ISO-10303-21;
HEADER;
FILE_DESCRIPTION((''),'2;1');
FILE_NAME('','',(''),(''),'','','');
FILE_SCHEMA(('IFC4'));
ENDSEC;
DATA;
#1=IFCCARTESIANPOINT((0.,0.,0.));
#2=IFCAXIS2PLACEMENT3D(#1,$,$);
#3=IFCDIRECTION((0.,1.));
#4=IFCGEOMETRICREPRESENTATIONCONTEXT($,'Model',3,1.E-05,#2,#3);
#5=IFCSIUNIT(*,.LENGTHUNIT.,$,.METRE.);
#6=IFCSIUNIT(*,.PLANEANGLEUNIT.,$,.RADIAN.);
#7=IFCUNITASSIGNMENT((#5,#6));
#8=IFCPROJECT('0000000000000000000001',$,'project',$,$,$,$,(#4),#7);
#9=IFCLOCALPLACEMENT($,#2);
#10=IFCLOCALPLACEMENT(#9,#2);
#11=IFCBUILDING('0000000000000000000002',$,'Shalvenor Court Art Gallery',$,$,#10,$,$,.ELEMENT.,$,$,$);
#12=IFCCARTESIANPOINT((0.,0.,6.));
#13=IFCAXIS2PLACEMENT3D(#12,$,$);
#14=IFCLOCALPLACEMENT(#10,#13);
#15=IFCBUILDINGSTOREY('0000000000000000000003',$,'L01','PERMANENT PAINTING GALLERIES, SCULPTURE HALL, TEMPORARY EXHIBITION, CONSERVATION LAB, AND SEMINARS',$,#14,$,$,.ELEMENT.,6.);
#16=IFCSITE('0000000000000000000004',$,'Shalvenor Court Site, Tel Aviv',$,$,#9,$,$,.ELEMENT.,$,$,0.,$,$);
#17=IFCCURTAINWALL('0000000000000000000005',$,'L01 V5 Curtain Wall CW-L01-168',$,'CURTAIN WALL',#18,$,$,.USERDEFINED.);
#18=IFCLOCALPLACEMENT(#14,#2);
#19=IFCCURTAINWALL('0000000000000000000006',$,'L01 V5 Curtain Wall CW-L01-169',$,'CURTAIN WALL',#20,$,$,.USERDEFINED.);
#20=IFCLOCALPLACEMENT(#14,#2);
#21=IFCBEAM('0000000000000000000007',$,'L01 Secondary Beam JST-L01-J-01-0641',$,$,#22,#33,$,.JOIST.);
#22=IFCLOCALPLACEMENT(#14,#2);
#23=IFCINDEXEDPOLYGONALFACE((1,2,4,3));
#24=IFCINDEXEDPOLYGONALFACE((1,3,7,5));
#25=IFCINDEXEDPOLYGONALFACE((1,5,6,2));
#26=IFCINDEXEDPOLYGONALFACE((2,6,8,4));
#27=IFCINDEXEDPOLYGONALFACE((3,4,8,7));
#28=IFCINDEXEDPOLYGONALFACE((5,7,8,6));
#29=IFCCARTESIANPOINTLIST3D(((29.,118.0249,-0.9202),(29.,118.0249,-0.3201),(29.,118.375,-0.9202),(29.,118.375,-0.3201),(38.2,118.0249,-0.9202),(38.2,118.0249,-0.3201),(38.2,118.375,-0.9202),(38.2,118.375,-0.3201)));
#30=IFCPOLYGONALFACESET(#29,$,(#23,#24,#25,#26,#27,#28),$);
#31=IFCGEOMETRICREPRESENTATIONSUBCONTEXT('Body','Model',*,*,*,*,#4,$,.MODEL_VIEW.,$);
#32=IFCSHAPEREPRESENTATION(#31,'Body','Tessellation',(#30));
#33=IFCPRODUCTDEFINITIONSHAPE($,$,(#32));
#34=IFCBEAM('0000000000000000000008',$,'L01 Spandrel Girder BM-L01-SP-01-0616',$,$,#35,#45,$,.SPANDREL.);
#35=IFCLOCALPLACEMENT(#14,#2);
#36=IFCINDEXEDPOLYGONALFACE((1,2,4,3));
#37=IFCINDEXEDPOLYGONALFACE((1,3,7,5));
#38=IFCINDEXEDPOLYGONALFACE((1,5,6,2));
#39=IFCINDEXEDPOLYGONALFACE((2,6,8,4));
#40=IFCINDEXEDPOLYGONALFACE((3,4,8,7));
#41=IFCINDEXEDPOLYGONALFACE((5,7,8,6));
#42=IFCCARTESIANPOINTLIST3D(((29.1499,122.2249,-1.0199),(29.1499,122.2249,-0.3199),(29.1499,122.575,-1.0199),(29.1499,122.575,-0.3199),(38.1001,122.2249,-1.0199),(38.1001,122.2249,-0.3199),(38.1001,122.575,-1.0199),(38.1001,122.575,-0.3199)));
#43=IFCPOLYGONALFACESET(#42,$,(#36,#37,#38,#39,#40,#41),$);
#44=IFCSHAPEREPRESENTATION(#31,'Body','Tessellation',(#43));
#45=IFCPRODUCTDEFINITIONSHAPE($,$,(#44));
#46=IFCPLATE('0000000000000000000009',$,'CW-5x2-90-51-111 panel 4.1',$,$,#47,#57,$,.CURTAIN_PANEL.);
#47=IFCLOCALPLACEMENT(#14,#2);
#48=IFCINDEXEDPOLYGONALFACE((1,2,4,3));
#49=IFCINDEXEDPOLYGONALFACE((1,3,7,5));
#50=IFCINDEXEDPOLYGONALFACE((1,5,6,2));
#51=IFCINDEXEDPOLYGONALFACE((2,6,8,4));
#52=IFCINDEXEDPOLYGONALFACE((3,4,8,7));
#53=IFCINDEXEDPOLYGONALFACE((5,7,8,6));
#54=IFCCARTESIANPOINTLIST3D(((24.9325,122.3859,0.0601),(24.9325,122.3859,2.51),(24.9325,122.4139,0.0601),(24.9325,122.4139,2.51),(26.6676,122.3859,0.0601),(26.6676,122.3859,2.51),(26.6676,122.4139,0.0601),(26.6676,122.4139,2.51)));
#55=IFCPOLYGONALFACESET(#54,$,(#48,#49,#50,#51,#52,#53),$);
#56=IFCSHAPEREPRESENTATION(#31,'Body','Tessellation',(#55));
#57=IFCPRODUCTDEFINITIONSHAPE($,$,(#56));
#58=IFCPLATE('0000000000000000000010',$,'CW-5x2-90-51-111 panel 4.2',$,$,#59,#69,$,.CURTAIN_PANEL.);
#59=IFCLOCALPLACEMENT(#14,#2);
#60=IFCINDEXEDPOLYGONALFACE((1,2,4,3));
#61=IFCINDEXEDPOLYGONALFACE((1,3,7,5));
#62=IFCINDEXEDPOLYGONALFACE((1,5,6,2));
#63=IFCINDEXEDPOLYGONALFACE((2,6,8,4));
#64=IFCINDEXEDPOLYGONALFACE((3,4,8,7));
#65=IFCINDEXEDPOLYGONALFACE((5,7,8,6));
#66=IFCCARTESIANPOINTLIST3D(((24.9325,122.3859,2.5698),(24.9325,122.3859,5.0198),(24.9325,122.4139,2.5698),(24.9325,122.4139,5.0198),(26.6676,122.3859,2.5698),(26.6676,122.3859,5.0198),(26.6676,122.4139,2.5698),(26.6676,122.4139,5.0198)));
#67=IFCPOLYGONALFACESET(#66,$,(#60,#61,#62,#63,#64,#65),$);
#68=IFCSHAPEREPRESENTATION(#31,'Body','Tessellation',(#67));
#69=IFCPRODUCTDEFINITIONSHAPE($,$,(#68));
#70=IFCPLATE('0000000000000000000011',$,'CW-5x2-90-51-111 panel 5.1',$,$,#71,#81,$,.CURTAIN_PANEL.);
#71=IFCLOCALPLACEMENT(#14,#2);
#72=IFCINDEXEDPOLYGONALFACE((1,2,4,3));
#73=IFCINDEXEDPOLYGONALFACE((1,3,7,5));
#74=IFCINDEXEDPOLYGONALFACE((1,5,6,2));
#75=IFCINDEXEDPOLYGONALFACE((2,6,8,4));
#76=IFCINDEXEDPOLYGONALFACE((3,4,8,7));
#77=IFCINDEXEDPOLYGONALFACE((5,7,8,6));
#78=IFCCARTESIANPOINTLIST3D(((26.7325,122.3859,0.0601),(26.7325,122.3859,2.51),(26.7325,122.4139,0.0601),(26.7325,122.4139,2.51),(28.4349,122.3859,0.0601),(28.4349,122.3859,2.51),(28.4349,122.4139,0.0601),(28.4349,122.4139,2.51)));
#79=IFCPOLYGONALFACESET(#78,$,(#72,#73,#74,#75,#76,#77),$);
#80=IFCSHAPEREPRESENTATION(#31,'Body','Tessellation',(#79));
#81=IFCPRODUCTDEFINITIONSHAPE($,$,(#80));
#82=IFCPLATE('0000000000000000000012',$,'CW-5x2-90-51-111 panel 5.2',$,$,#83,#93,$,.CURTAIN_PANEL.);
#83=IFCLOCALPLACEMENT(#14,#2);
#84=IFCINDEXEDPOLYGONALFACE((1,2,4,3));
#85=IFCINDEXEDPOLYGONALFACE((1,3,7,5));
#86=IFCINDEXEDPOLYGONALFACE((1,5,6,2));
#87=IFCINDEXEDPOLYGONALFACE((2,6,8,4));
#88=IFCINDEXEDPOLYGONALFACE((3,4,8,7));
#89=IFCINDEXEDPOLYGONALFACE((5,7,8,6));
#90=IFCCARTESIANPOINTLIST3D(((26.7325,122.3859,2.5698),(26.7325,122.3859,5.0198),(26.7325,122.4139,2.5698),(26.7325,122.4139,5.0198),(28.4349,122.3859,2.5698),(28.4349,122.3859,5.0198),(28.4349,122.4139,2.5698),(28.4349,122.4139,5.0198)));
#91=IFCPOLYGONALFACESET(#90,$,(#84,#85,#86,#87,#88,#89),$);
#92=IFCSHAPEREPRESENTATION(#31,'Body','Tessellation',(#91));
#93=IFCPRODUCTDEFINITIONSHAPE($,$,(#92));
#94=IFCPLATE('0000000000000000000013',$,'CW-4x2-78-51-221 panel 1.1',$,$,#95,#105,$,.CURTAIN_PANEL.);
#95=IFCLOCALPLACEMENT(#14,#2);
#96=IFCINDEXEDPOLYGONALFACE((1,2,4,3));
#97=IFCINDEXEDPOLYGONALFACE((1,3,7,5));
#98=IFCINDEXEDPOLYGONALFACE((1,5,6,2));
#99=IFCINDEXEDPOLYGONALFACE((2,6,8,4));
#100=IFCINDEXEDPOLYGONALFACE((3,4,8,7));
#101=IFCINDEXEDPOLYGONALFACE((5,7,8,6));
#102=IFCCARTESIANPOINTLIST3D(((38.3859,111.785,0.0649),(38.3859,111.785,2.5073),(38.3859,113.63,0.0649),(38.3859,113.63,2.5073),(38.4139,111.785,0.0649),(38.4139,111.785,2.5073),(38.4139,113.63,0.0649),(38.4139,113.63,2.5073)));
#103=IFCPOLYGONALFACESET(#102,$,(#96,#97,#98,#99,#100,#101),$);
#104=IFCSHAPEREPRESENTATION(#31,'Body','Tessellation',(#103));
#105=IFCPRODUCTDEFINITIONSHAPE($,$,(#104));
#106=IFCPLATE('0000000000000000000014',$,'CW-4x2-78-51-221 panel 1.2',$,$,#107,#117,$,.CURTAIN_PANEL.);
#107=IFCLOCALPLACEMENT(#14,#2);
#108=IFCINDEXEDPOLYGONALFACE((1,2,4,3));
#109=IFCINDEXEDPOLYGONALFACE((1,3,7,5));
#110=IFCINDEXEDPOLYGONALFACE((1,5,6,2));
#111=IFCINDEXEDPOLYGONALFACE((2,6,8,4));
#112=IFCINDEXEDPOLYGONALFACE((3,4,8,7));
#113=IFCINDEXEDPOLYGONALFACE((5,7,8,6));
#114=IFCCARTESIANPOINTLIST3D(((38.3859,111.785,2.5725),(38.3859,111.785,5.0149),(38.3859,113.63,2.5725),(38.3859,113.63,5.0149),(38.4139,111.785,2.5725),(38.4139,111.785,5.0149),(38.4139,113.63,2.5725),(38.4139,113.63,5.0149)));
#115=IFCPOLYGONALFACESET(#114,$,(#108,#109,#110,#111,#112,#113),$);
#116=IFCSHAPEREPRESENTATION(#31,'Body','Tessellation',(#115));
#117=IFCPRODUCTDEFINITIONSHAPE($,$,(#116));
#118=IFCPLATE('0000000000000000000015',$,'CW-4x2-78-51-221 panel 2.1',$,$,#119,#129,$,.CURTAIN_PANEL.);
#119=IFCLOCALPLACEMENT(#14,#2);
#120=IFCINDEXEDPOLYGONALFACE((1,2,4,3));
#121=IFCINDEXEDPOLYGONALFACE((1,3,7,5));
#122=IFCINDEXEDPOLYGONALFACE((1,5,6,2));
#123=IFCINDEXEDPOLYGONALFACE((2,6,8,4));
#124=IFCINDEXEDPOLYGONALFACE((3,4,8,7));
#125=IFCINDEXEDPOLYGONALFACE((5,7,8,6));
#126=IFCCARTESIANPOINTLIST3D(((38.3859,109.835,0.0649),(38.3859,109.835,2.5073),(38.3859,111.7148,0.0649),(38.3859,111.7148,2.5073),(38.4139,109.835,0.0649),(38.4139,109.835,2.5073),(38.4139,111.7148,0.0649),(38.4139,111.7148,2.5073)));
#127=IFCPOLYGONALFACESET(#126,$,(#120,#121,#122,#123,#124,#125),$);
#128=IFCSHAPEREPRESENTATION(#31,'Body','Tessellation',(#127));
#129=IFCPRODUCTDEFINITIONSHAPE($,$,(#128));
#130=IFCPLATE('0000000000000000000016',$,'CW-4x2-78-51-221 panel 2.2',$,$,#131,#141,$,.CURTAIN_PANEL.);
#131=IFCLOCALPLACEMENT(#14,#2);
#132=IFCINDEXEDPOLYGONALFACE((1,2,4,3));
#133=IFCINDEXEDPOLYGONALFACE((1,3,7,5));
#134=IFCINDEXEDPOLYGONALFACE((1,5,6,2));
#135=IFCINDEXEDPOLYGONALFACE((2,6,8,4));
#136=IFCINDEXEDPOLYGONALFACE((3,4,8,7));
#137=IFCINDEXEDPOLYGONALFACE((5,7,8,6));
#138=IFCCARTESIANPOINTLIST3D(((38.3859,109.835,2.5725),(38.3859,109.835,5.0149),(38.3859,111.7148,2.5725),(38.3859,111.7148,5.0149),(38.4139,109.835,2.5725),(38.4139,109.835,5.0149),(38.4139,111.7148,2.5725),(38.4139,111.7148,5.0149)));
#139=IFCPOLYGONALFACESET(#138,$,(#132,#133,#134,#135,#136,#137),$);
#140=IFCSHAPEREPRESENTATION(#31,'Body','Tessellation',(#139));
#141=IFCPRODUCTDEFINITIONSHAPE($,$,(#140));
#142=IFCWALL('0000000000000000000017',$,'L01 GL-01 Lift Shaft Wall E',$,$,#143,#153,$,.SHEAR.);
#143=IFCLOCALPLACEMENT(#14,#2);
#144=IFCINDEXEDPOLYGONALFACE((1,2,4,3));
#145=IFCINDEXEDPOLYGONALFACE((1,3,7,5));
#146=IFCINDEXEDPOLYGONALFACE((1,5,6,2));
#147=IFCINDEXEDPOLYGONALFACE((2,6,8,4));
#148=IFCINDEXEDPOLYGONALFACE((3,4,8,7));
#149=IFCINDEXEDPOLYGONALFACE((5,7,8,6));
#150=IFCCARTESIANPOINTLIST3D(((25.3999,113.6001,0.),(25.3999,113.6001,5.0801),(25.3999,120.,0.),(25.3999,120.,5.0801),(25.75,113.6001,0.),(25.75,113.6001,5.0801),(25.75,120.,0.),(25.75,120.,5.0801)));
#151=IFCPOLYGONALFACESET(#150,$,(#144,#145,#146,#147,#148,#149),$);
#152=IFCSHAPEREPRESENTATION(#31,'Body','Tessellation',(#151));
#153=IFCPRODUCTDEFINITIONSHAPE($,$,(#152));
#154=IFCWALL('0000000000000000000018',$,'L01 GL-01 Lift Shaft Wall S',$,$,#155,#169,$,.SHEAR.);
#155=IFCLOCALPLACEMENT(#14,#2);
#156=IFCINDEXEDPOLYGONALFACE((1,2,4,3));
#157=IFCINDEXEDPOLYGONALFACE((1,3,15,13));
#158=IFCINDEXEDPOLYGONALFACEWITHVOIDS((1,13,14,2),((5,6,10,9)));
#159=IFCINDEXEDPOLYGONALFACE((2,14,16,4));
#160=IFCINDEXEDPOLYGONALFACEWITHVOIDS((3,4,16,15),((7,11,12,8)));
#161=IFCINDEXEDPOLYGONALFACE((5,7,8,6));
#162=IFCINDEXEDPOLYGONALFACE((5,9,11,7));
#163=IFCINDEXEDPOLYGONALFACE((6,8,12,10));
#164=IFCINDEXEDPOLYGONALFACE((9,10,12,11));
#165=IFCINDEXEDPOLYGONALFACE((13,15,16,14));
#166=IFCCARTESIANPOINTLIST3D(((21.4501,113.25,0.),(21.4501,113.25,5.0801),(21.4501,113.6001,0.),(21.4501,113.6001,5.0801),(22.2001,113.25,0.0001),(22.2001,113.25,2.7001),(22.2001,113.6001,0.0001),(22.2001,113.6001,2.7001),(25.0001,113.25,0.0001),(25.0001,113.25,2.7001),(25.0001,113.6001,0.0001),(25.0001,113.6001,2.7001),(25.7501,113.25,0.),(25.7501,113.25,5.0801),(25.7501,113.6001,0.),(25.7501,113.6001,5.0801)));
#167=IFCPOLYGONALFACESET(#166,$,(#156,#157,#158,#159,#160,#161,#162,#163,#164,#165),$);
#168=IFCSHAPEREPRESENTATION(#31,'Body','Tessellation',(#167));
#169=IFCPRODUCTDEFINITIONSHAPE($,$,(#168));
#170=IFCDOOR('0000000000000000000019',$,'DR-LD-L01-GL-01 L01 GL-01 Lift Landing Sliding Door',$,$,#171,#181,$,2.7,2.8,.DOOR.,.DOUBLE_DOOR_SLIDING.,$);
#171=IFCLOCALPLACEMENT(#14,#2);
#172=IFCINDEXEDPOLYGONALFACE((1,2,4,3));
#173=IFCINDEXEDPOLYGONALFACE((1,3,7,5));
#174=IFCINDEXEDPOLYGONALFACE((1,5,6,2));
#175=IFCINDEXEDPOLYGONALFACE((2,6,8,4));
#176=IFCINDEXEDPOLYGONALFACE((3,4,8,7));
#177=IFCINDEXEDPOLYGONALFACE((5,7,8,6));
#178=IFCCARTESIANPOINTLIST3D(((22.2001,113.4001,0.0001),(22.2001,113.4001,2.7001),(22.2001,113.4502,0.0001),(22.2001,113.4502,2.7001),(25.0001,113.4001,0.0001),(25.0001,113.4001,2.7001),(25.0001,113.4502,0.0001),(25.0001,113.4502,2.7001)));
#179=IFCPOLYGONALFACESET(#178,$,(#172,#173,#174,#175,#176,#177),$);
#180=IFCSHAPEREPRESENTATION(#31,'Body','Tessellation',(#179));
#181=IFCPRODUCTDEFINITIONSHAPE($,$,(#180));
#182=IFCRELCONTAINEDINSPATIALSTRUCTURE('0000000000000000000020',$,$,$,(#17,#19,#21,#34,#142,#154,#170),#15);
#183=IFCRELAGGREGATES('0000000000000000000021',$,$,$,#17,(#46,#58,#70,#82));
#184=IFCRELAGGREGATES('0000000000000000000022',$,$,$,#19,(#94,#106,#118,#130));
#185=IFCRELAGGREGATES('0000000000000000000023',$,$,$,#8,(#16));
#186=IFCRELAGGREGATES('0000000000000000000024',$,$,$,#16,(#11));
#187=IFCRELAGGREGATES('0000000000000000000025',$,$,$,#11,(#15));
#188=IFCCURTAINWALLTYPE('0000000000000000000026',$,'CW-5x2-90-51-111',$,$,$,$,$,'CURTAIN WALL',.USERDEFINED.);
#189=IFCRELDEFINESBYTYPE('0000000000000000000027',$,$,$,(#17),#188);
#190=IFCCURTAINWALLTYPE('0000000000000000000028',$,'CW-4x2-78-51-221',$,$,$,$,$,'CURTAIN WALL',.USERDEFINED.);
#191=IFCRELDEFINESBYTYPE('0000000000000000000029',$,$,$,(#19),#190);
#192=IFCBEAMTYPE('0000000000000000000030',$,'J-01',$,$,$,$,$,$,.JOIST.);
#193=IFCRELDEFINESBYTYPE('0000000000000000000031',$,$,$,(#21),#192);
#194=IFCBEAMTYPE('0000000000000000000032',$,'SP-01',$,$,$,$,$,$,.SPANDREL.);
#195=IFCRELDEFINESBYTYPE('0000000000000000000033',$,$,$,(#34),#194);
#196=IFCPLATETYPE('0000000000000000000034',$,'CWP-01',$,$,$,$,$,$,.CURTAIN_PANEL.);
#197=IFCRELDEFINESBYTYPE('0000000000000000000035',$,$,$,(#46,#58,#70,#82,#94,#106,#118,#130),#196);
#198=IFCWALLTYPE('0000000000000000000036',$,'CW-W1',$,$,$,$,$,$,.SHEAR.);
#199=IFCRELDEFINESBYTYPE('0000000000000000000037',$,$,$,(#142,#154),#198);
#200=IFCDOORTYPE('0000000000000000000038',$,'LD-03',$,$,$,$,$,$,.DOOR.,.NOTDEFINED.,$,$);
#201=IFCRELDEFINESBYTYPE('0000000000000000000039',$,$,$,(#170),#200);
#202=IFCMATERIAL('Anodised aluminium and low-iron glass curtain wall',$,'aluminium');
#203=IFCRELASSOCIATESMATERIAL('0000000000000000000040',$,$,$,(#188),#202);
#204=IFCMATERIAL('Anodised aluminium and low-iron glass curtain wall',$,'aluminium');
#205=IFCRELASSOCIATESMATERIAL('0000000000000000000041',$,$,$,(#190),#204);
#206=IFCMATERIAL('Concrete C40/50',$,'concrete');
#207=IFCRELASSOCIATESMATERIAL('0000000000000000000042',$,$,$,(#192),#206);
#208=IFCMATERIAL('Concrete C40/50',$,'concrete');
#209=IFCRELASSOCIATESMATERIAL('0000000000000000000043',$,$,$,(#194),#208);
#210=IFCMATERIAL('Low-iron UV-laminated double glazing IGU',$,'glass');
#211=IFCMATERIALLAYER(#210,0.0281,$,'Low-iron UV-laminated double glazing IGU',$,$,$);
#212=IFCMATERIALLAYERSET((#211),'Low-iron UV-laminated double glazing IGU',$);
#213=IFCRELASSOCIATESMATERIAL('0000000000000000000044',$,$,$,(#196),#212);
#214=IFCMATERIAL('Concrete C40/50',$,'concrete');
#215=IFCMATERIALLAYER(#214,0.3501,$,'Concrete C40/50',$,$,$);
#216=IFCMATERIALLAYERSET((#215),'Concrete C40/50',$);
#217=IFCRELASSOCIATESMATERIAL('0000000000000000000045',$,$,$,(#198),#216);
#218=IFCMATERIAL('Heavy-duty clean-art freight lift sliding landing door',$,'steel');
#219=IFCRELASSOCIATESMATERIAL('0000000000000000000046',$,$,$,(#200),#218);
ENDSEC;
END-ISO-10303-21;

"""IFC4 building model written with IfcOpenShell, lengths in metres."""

from ifc_helpers import new_model, si_unit, direction, frame, frame_2d, origin, origin_2d, place, context, subcontext, project, spatial, rectangle, extrude, material, layer, layer_set, material_profile, profile_set, type_object, element, fill, aggregate, save


model = new_model("IFC4")

# Units and contexts
model_context = context("Model", 3, precision=1e-05, world=origin(), true_north=direction((0.0, 1.0)))
body_context = subcontext(model_context, "Body", "Model", "MODEL_VIEW")
ifc_project = project(units=[si_unit("LENGTHUNIT", "METRE"), si_unit("PLANEANGLEUNIT", "RADIAN")], contexts=[model_context])

# Site, building, storey
site_placement = place(None, origin())
site = spatial("IfcSite", under=ifc_project, at=site_placement, Name="Shalvenor Court Site, Tel Aviv", CompositionType="ELEMENT", RefElevation=0.0)
building_placement = place(site_placement, origin())
building = spatial("IfcBuilding", under=site, at=building_placement, Name="Shalvenor Court Art Gallery", CompositionType="ELEMENT")
storey_placement = place(building_placement, frame((0.0, 0.0, 6.0)))
storey = spatial("IfcBuildingStorey", under=building, at=storey_placement, Name="L01", Description="PERMANENT PAINTING GALLERIES, SCULPTURE HALL, TEMPORARY EXHIBITION, CONSERVATION LAB, AND SEMINARS", CompositionType="ELEMENT", Elevation=6.0)

# Curtain walls
ifc_material_1 = material(Name="Anodised aluminium and low-iron glass curtain wall", Category="aluminium")
curtain_wall_type_1 = type_object("IfcCurtainWallType", Name="CW-5x2-90-51-111", ElementType="CURTAIN WALL", PredefinedType="USERDEFINED", material=ifc_material_1)
curtain_wall_1_placement = place(storey_placement, origin())
curtain_wall_1 = element("IfcCurtainWall", 1, at=curtain_wall_1_placement, inside=storey, type_object=curtain_wall_type_1, Name="L01 V5 Curtain Wall CW-L01-168", ObjectType="CURTAIN WALL", PredefinedType="USERDEFINED")
ifc_material_2 = material(Name="Anodised aluminium and low-iron glass curtain wall", Category="aluminium")
curtain_wall_type_2 = type_object("IfcCurtainWallType", Name="CW-4x2-78-51-221", ElementType="CURTAIN WALL", PredefinedType="USERDEFINED", material=ifc_material_2)
curtain_wall_2_placement = place(storey_placement, origin())
curtain_wall_2 = element("IfcCurtainWall", 2, at=curtain_wall_2_placement, inside=storey, type_object=curtain_wall_type_2, Name="L01 V5 Curtain Wall CW-L01-169", ObjectType="CURTAIN WALL", PredefinedType="USERDEFINED")

# Beams
ifc_material_3 = material(Name="Concrete C40/50", Category="concrete")
ifc_material_profile_1 = material_profile(ifc_material_3, rectangle(XDim=0.3501, YDim=0.6001, at=origin_2d()), Name="RC 350x600")
ifc_profile_set_1 = profile_set([ifc_material_profile_1], Name="Concrete C40/50")
beam_type_1 = type_object("IfcBeamType", Name="J-01", PredefinedType="JOIST", material=ifc_profile_set_1)
beam_1_placement = place(storey_placement, frame((29.0, 118.2, -0.6201), z_axis=(1.0, 0.0, 0.0), x_axis=(0.0, 1.0, 0.0)))
element("IfcBeam", 3, at=beam_1_placement, inside=storey, type_object=beam_type_1, Name="L01 Secondary Beam JST-L01-J-01-0641", PredefinedType="JOIST", context=body_context, shape_type="SweptSolid", body=[
    extrude(rectangle(XDim=0.3501, YDim=0.6001, at=origin_2d()), origin(), (0.0, 0.0, 1.0), 9.2),
])
ifc_material_4 = material(Name="Concrete C40/50", Category="concrete")
ifc_material_profile_2 = material_profile(ifc_material_4, rectangle(XDim=0.3501, YDim=0.7, at=origin_2d()), Name="RC 350x700")
ifc_profile_set_2 = profile_set([ifc_material_profile_2], Name="Concrete C40/50")
beam_type_2 = type_object("IfcBeamType", Name="SP-01", PredefinedType="SPANDREL", material=ifc_profile_set_2)
beam_2_placement = place(storey_placement, frame((29.1499, 122.3999, -0.6699), z_axis=(1.0, 0.0, 0.0), x_axis=(0.0, 1.0, 0.0)))
element("IfcBeam", 4, at=beam_2_placement, inside=storey, type_object=beam_type_2, Name="L01 Spandrel Girder BM-L01-SP-01-0616", PredefinedType="SPANDREL", context=body_context, shape_type="SweptSolid", body=[
    extrude(rectangle(XDim=0.3501, YDim=0.7, at=origin_2d()), origin(), (0.0, 0.0, 1.0), 8.9502),
])

# Plates
ifc_material_5 = material(Name="Low-iron UV-laminated double glazing IGU", Category="glass")
ifc_layer_1 = layer(ifc_material_5, 0.0281, Name="Low-iron UV-laminated double glazing IGU")
ifc_layer_set_1 = layer_set([ifc_layer_1], Name="Low-iron UV-laminated double glazing IGU")
plate_type = type_object("IfcPlateType", Name="CWP-01", PredefinedType="CURTAIN_PANEL", material=ifc_layer_set_1)
plate_1_placement = place(storey_placement, frame((25.8, 122.3999, 0.0601), z_axis=(0.0, 0.0, 1.0), x_axis=(1.0, 0.0, 0.0)))
plate_1 = element("IfcPlate", 5, at=plate_1_placement, type_object=plate_type, Name="CW-5x2-90-51-111 panel 4.1", PredefinedType="CURTAIN_PANEL", context=body_context, shape_type="SweptSolid", body=[
    extrude(rectangle(XDim=1.7351, YDim=0.0281, at=origin_2d()), origin(), (0.0, 0.0, 1.0), 2.45),
])
plate_2_placement = place(storey_placement, frame((25.8, 122.3999, 2.5698), z_axis=(0.0, 0.0, 1.0), x_axis=(1.0, 0.0, 0.0)))
plate_2 = element("IfcPlate", 6, at=plate_2_placement, type_object=plate_type, Name="CW-5x2-90-51-111 panel 4.2", PredefinedType="CURTAIN_PANEL", context=body_context, shape_type="SweptSolid", body=[
    extrude(rectangle(XDim=1.7351, YDim=0.0281, at=origin_2d()), origin(), (0.0, 0.0, 1.0), 2.45),
])
plate_3_placement = place(storey_placement, frame((27.5837, 122.3999, 0.0601), z_axis=(0.0, 0.0, 1.0), x_axis=(1.0, 0.0, 0.0)))
plate_3 = element("IfcPlate", 7, at=plate_3_placement, type_object=plate_type, Name="CW-5x2-90-51-111 panel 5.1", PredefinedType="CURTAIN_PANEL", context=body_context, shape_type="SweptSolid", body=[
    extrude(rectangle(XDim=1.7024, YDim=0.0281, at=origin_2d()), origin(), (0.0, 0.0, 1.0), 2.45),
])
plate_4_placement = place(storey_placement, frame((27.5837, 122.3999, 2.5698), z_axis=(0.0, 0.0, 1.0), x_axis=(1.0, 0.0, 0.0)))
plate_4 = element("IfcPlate", 8, at=plate_4_placement, type_object=plate_type, Name="CW-5x2-90-51-111 panel 5.2", PredefinedType="CURTAIN_PANEL", context=body_context, shape_type="SweptSolid", body=[
    extrude(rectangle(XDim=1.7024, YDim=0.0281, at=origin_2d()), origin(), (0.0, 0.0, 1.0), 2.45),
])
aggregate(curtain_wall_1, [plate_1, plate_2, plate_3, plate_4])
plate_5_placement = place(storey_placement, frame((38.3999, 112.7075, 0.0649), z_axis=(0.0, 0.0, 1.0), x_axis=(0.0, -1.0, 0.0)))
plate_5 = element("IfcPlate", 9, at=plate_5_placement, type_object=plate_type, Name="CW-4x2-78-51-221 panel 1.1", PredefinedType="CURTAIN_PANEL", context=body_context, shape_type="SweptSolid", body=[
    extrude(rectangle(XDim=1.845, YDim=0.0281, at=origin_2d()), origin(), (0.0, 0.0, 1.0), 2.4424),
])
plate_6_placement = place(storey_placement, frame((38.3999, 112.7075, 2.5725), z_axis=(0.0, 0.0, 1.0), x_axis=(0.0, -1.0, 0.0)))
plate_6 = element("IfcPlate", 10, at=plate_6_placement, type_object=plate_type, Name="CW-4x2-78-51-221 panel 1.2", PredefinedType="CURTAIN_PANEL", context=body_context, shape_type="SweptSolid", body=[
    extrude(rectangle(XDim=1.845, YDim=0.0281, at=origin_2d()), origin(), (0.0, 0.0, 1.0), 2.4424),
])
plate_7_placement = place(storey_placement, frame((38.3999, 110.7749, 0.0649), z_axis=(0.0, 0.0, 1.0), x_axis=(0.0, -1.0, 0.0)))
plate_7 = element("IfcPlate", 11, at=plate_7_placement, type_object=plate_type, Name="CW-4x2-78-51-221 panel 2.1", PredefinedType="CURTAIN_PANEL", context=body_context, shape_type="SweptSolid", body=[
    extrude(rectangle(XDim=1.8799, YDim=0.0281, at=origin_2d()), origin(), (0.0, 0.0, 1.0), 2.4424),
])
plate_8_placement = place(storey_placement, frame((38.3999, 110.7749, 2.5725), z_axis=(0.0, 0.0, 1.0), x_axis=(0.0, -1.0, 0.0)))
plate_8 = element("IfcPlate", 12, at=plate_8_placement, type_object=plate_type, Name="CW-4x2-78-51-221 panel 2.2", PredefinedType="CURTAIN_PANEL", context=body_context, shape_type="SweptSolid", body=[
    extrude(rectangle(XDim=1.8799, YDim=0.0281, at=origin_2d()), origin(), (0.0, 0.0, 1.0), 2.4424),
])
aggregate(curtain_wall_2, [plate_5, plate_6, plate_7, plate_8])

# Wall
ifc_material_6 = material(Name="Concrete C40/50", Category="concrete")
ifc_layer_2 = layer(ifc_material_6, 0.3501, Name="Concrete C40/50")
ifc_layer_set_2 = layer_set([ifc_layer_2], Name="Concrete C40/50")
wall_type_1 = type_object("IfcWallType", Name="CW-W1", PredefinedType="SHEAR", material=ifc_layer_set_2)
wall_1_placement = place(storey_placement, frame((25.575, 120.0, 0.0), z_axis=(0.0, 0.0, 1.0), x_axis=(0.0, -1.0, 0.0)))
element("IfcWall", 13, at=wall_1_placement, inside=storey, type_object=wall_type_1, Name="L01 GL-01 Lift Shaft Wall E", PredefinedType="SHEAR", context=body_context, shape_type="SweptSolid", body=[
    extrude(rectangle(XDim=6.3999, YDim=0.3501, at=frame_2d((3.2, 0.0))), origin(), (0.0, 0.0, 1.0), 5.0801),
])

# Wall, opening, door
wall_2_placement = place(storey_placement, frame((25.75, 113.425, 0.0), z_axis=(0.0, 0.0, 1.0), x_axis=(-1.0, 0.0, 0.0)))
wall_2 = element("IfcWall", 14, at=wall_2_placement, inside=storey, type_object=wall_type_1, Name="L01 GL-01 Lift Shaft Wall S", PredefinedType="SHEAR", context=body_context, shape_type="SweptSolid", body=[
    extrude(rectangle(XDim=4.3, YDim=0.3501, at=frame_2d((2.1499, 0.0))), origin(), (0.0, 0.0, 1.0), 5.0801),
])
opening_1_placement = place(wall_2_placement, frame((0.75, 0.0, 0.0)))
opening_1 = element("IfcOpeningElement", 15, at=opening_1_placement, cuts=wall_2, PredefinedType="OPENING", context=body_context, shape_type="SweptSolid", body=[
    extrude(rectangle(XDim=2.8, YDim=2.7, at=frame_2d((1.3999, 1.3501))), frame((0.0, 0.1851, 0.0), z_axis=(0.0, -1.0, 0.0), x_axis=(1.0, 0.0, 0.0)), (0.0, 0.0, 1.0), 0.3701),
])
ifc_material_7 = material(Name="Heavy-duty clean-art freight lift sliding landing door", Category="steel")
door_type_1 = type_object("IfcDoorType", Name="LD-03", OperationType="NOTDEFINED", PredefinedType="DOOR", material=ifc_material_7)
door_1_placement = place(opening_1_placement, origin())
door_1 = element("IfcDoor", 16, at=door_1_placement, inside=storey, type_object=door_type_1, Name="DR-LD-L01-GL-01 L01 GL-01 Lift Landing Sliding Door", OperationType="DOUBLE_DOOR_SLIDING", OverallHeight=2.7, OverallWidth=2.8, PredefinedType="DOOR", context=body_context, shape_type="SweptSolid", body=[
    extrude(rectangle(XDim=2.8, YDim=2.7, at=frame_2d((1.3999, 1.3501))), frame((0.0, 0.0249, 0.0), z_axis=(0.0, -1.0, 0.0), x_axis=(1.0, 0.0, 0.0)), (0.0, 0.0, 1.0), 0.05),
])
fill(opening_1, door_1)

save(model, "model.ifc")
